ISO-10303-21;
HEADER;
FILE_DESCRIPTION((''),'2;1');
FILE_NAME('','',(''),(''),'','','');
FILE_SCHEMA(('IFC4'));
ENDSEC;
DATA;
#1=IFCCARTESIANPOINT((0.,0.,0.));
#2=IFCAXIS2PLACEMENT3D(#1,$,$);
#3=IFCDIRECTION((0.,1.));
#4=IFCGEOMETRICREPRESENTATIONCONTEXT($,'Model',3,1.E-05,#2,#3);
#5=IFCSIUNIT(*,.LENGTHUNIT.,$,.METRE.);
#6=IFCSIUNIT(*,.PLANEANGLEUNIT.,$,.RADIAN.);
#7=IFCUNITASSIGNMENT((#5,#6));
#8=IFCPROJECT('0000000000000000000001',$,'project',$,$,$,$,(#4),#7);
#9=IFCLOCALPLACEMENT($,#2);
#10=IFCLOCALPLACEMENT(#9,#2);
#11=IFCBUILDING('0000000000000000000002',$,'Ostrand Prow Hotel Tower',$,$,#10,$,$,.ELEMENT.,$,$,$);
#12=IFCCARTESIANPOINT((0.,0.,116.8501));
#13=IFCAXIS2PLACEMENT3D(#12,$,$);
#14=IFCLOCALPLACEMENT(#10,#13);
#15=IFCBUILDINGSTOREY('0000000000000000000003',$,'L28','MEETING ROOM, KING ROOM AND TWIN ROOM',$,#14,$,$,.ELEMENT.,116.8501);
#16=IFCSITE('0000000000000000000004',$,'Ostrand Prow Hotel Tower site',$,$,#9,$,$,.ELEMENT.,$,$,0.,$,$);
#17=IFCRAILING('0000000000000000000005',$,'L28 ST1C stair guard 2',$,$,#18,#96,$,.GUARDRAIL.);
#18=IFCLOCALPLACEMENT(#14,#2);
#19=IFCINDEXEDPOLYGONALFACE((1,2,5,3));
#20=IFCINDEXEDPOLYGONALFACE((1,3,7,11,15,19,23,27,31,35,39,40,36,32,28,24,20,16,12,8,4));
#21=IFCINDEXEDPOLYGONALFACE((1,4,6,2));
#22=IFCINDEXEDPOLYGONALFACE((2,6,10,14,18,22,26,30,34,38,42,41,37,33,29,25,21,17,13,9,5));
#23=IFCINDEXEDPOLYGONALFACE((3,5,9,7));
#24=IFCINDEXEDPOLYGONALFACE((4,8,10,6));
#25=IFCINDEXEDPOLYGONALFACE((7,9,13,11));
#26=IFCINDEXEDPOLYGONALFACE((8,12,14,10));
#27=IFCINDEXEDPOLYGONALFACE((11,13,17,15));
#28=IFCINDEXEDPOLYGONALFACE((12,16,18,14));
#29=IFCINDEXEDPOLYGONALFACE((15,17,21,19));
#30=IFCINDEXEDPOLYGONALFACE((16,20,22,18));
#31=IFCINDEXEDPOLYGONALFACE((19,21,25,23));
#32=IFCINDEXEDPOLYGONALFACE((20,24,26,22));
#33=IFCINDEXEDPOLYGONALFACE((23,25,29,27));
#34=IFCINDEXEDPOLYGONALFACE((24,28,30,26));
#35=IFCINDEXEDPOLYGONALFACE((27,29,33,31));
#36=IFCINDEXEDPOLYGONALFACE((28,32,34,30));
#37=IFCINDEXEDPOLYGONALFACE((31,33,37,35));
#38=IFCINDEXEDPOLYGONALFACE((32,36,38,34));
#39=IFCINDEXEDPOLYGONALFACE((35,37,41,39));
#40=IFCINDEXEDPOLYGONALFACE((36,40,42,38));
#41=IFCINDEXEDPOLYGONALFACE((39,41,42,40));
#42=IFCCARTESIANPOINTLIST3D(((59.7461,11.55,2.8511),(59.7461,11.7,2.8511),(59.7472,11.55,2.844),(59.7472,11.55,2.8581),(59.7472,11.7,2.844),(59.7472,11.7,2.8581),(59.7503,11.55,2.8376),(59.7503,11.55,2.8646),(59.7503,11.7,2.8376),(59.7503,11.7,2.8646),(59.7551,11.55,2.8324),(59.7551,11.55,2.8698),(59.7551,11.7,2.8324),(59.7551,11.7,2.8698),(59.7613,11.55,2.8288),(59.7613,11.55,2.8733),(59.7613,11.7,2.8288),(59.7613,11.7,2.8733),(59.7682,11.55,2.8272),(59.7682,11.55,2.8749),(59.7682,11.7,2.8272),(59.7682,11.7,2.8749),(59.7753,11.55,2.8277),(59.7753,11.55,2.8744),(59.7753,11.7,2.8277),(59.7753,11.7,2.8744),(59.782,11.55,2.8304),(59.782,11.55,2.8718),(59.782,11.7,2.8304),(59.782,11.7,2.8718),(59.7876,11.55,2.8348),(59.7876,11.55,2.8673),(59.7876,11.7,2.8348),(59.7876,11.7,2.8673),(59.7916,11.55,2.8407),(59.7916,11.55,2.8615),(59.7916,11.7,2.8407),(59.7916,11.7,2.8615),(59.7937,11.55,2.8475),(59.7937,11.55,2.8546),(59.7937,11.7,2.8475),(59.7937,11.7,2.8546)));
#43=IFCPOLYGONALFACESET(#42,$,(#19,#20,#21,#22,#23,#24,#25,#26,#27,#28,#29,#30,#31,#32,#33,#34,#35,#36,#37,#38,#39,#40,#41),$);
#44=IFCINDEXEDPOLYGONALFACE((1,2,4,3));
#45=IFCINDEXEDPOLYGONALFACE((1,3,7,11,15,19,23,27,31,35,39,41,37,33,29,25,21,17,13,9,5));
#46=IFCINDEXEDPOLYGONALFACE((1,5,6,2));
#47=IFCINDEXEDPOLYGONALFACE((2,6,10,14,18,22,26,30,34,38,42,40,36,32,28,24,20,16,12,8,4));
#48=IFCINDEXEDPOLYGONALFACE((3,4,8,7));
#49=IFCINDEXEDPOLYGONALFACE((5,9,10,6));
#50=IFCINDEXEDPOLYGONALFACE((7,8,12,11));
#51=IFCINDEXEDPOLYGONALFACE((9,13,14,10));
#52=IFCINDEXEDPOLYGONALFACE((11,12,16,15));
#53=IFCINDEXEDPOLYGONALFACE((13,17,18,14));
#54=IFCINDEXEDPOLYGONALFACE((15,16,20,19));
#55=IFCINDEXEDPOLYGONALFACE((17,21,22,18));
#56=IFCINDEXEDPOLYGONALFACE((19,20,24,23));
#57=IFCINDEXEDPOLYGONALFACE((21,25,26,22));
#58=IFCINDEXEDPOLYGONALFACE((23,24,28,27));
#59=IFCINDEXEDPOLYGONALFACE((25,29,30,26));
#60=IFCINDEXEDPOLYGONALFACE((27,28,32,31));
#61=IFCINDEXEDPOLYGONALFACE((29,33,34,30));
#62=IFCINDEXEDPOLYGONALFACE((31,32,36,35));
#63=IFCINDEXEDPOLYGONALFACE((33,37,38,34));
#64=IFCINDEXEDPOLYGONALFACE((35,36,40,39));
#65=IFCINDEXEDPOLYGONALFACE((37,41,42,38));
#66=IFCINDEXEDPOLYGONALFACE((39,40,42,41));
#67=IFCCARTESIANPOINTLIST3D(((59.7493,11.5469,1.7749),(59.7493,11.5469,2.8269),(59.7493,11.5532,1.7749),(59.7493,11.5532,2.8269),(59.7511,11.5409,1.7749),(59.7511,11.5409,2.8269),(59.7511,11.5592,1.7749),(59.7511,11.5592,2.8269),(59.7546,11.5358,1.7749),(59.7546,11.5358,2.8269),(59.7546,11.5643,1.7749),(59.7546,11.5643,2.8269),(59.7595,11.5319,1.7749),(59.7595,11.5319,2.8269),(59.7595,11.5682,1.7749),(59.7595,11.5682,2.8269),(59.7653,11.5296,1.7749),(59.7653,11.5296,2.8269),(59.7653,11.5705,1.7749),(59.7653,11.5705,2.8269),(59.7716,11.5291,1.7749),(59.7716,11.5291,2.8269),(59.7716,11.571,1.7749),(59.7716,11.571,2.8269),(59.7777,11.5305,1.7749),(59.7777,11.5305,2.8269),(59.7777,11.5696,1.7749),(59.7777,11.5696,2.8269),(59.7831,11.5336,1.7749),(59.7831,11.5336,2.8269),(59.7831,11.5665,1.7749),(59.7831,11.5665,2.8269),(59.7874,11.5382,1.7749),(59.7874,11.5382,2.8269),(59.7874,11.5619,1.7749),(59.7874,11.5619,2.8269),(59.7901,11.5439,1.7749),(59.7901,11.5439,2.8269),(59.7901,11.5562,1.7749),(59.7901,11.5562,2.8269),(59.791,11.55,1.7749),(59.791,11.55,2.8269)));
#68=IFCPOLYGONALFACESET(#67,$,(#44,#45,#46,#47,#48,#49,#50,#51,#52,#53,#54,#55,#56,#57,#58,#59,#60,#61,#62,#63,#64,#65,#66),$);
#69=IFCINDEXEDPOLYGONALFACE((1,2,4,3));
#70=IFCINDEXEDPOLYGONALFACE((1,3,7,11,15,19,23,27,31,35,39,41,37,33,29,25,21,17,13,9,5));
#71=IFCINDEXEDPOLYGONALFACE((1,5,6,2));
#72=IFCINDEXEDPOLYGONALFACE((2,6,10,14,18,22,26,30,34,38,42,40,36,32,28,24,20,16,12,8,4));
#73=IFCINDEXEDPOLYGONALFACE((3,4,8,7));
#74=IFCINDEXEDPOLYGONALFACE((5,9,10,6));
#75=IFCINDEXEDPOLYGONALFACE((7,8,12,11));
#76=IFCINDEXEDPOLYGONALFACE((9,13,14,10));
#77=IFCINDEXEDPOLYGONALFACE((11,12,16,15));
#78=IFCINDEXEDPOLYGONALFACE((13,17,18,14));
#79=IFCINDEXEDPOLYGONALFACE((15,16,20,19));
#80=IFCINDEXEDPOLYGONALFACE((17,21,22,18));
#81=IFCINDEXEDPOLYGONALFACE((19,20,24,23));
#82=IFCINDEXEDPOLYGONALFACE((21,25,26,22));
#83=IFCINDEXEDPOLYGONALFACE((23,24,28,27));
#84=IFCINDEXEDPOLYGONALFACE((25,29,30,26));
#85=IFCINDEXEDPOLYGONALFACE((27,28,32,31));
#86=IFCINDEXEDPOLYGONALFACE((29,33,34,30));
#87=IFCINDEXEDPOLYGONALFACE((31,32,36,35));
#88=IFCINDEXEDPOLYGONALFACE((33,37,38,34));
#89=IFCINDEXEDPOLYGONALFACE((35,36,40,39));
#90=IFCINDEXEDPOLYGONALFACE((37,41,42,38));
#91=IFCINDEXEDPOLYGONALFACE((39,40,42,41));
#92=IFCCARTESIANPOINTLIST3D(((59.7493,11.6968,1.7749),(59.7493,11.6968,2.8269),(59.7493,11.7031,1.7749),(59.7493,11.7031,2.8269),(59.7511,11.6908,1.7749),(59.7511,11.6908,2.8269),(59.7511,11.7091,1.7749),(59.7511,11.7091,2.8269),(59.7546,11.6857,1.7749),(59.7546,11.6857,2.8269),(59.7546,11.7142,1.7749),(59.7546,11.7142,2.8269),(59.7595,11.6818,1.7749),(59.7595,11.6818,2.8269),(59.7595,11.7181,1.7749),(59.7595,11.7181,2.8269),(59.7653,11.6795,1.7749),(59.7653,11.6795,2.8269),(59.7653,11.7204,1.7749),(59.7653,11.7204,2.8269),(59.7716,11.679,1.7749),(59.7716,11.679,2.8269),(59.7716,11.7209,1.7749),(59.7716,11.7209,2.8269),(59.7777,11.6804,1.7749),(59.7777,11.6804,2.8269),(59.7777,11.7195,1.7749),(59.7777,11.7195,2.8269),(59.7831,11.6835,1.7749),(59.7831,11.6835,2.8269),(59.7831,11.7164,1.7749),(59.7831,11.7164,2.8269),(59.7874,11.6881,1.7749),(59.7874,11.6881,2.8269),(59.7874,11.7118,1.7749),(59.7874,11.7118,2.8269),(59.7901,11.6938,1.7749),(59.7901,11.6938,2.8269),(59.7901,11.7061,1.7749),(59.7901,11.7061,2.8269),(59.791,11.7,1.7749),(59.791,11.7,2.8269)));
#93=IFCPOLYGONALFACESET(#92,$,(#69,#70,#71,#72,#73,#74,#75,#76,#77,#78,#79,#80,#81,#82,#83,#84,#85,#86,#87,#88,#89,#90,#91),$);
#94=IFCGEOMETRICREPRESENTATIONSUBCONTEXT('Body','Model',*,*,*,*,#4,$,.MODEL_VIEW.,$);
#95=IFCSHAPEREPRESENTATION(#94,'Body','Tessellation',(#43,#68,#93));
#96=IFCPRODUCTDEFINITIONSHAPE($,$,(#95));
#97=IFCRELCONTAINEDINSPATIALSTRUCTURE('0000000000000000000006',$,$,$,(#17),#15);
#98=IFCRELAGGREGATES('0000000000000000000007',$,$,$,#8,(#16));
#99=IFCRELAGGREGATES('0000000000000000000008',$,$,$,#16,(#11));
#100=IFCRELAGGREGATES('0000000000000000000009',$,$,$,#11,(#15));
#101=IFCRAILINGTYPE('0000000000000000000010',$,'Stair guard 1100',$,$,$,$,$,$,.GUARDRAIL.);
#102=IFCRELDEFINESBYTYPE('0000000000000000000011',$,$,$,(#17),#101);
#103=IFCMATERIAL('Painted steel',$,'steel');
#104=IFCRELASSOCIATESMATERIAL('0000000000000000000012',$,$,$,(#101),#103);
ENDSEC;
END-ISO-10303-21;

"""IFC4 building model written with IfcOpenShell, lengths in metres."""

from ifc_helpers import new_model, si_unit, direction, frame, origin, origin_2d, place, context, subcontext, project, spatial, circle, extrude, material, type_object, element, save


model = new_model("IFC4")

# Units and contexts
model_context = context("Model", 3, precision=1e-05, world=origin(), true_north=direction((0.0, 1.0)))
body_context = subcontext(model_context, "Body", "Model", "MODEL_VIEW")
ifc_project = project(units=[si_unit("LENGTHUNIT", "METRE"), si_unit("PLANEANGLEUNIT", "RADIAN")], contexts=[model_context])

# Site, building, storey
site_placement = place(None, origin())
site = spatial("IfcSite", under=ifc_project, at=site_placement, Name="Ostrand Prow Hotel Tower site", CompositionType="ELEMENT", RefElevation=0.0)
building_placement = place(site_placement, origin())
building = spatial("IfcBuilding", under=site, at=building_placement, Name="Ostrand Prow Hotel Tower", CompositionType="ELEMENT")
storey_placement = place(building_placement, frame((0.0, 0.0, 116.8501)))
storey = spatial("IfcBuildingStorey", under=building, at=storey_placement, Name="L28", Description="MEETING ROOM, KING ROOM AND TWIN ROOM", CompositionType="ELEMENT", Elevation=116.8501)

# Railing
ifc_material_1 = material(Name="Painted steel", Category="steel")
railing_type_1 = type_object("IfcRailingType", Name="Stair guard 1100", PredefinedType="GUARDRAIL", material=ifc_material_1)
railing_1_placement = place(storey_placement, frame((59.77, 11.55, 1.7749)))
element("IfcRailing", 1, at=railing_1_placement, inside=storey, type_object=railing_type_1, Name="L28 ST1C stair guard 2", PredefinedType="GUARDRAIL", context=body_context, shape_type="SweptSolid", body=[
    extrude(circle(Radius=0.0239, at=origin_2d()), frame((0.0, 0.0, 1.0762), z_axis=(0.0, 1.0, 0.0), x_axis=(-1.0, 0.0, 0.0)), (0.0, 0.0, 1.0), 0.1499),
    extrude(circle(Radius=0.021, at=origin_2d()), origin(), (0.0, 0.0, 1.0), 1.052),
    extrude(circle(Radius=0.021, at=origin_2d()), frame((0.0, 0.1499, 0.0)), (0.0, 0.0, 1.0), 1.052),
])

save(model, "model.ifc")
